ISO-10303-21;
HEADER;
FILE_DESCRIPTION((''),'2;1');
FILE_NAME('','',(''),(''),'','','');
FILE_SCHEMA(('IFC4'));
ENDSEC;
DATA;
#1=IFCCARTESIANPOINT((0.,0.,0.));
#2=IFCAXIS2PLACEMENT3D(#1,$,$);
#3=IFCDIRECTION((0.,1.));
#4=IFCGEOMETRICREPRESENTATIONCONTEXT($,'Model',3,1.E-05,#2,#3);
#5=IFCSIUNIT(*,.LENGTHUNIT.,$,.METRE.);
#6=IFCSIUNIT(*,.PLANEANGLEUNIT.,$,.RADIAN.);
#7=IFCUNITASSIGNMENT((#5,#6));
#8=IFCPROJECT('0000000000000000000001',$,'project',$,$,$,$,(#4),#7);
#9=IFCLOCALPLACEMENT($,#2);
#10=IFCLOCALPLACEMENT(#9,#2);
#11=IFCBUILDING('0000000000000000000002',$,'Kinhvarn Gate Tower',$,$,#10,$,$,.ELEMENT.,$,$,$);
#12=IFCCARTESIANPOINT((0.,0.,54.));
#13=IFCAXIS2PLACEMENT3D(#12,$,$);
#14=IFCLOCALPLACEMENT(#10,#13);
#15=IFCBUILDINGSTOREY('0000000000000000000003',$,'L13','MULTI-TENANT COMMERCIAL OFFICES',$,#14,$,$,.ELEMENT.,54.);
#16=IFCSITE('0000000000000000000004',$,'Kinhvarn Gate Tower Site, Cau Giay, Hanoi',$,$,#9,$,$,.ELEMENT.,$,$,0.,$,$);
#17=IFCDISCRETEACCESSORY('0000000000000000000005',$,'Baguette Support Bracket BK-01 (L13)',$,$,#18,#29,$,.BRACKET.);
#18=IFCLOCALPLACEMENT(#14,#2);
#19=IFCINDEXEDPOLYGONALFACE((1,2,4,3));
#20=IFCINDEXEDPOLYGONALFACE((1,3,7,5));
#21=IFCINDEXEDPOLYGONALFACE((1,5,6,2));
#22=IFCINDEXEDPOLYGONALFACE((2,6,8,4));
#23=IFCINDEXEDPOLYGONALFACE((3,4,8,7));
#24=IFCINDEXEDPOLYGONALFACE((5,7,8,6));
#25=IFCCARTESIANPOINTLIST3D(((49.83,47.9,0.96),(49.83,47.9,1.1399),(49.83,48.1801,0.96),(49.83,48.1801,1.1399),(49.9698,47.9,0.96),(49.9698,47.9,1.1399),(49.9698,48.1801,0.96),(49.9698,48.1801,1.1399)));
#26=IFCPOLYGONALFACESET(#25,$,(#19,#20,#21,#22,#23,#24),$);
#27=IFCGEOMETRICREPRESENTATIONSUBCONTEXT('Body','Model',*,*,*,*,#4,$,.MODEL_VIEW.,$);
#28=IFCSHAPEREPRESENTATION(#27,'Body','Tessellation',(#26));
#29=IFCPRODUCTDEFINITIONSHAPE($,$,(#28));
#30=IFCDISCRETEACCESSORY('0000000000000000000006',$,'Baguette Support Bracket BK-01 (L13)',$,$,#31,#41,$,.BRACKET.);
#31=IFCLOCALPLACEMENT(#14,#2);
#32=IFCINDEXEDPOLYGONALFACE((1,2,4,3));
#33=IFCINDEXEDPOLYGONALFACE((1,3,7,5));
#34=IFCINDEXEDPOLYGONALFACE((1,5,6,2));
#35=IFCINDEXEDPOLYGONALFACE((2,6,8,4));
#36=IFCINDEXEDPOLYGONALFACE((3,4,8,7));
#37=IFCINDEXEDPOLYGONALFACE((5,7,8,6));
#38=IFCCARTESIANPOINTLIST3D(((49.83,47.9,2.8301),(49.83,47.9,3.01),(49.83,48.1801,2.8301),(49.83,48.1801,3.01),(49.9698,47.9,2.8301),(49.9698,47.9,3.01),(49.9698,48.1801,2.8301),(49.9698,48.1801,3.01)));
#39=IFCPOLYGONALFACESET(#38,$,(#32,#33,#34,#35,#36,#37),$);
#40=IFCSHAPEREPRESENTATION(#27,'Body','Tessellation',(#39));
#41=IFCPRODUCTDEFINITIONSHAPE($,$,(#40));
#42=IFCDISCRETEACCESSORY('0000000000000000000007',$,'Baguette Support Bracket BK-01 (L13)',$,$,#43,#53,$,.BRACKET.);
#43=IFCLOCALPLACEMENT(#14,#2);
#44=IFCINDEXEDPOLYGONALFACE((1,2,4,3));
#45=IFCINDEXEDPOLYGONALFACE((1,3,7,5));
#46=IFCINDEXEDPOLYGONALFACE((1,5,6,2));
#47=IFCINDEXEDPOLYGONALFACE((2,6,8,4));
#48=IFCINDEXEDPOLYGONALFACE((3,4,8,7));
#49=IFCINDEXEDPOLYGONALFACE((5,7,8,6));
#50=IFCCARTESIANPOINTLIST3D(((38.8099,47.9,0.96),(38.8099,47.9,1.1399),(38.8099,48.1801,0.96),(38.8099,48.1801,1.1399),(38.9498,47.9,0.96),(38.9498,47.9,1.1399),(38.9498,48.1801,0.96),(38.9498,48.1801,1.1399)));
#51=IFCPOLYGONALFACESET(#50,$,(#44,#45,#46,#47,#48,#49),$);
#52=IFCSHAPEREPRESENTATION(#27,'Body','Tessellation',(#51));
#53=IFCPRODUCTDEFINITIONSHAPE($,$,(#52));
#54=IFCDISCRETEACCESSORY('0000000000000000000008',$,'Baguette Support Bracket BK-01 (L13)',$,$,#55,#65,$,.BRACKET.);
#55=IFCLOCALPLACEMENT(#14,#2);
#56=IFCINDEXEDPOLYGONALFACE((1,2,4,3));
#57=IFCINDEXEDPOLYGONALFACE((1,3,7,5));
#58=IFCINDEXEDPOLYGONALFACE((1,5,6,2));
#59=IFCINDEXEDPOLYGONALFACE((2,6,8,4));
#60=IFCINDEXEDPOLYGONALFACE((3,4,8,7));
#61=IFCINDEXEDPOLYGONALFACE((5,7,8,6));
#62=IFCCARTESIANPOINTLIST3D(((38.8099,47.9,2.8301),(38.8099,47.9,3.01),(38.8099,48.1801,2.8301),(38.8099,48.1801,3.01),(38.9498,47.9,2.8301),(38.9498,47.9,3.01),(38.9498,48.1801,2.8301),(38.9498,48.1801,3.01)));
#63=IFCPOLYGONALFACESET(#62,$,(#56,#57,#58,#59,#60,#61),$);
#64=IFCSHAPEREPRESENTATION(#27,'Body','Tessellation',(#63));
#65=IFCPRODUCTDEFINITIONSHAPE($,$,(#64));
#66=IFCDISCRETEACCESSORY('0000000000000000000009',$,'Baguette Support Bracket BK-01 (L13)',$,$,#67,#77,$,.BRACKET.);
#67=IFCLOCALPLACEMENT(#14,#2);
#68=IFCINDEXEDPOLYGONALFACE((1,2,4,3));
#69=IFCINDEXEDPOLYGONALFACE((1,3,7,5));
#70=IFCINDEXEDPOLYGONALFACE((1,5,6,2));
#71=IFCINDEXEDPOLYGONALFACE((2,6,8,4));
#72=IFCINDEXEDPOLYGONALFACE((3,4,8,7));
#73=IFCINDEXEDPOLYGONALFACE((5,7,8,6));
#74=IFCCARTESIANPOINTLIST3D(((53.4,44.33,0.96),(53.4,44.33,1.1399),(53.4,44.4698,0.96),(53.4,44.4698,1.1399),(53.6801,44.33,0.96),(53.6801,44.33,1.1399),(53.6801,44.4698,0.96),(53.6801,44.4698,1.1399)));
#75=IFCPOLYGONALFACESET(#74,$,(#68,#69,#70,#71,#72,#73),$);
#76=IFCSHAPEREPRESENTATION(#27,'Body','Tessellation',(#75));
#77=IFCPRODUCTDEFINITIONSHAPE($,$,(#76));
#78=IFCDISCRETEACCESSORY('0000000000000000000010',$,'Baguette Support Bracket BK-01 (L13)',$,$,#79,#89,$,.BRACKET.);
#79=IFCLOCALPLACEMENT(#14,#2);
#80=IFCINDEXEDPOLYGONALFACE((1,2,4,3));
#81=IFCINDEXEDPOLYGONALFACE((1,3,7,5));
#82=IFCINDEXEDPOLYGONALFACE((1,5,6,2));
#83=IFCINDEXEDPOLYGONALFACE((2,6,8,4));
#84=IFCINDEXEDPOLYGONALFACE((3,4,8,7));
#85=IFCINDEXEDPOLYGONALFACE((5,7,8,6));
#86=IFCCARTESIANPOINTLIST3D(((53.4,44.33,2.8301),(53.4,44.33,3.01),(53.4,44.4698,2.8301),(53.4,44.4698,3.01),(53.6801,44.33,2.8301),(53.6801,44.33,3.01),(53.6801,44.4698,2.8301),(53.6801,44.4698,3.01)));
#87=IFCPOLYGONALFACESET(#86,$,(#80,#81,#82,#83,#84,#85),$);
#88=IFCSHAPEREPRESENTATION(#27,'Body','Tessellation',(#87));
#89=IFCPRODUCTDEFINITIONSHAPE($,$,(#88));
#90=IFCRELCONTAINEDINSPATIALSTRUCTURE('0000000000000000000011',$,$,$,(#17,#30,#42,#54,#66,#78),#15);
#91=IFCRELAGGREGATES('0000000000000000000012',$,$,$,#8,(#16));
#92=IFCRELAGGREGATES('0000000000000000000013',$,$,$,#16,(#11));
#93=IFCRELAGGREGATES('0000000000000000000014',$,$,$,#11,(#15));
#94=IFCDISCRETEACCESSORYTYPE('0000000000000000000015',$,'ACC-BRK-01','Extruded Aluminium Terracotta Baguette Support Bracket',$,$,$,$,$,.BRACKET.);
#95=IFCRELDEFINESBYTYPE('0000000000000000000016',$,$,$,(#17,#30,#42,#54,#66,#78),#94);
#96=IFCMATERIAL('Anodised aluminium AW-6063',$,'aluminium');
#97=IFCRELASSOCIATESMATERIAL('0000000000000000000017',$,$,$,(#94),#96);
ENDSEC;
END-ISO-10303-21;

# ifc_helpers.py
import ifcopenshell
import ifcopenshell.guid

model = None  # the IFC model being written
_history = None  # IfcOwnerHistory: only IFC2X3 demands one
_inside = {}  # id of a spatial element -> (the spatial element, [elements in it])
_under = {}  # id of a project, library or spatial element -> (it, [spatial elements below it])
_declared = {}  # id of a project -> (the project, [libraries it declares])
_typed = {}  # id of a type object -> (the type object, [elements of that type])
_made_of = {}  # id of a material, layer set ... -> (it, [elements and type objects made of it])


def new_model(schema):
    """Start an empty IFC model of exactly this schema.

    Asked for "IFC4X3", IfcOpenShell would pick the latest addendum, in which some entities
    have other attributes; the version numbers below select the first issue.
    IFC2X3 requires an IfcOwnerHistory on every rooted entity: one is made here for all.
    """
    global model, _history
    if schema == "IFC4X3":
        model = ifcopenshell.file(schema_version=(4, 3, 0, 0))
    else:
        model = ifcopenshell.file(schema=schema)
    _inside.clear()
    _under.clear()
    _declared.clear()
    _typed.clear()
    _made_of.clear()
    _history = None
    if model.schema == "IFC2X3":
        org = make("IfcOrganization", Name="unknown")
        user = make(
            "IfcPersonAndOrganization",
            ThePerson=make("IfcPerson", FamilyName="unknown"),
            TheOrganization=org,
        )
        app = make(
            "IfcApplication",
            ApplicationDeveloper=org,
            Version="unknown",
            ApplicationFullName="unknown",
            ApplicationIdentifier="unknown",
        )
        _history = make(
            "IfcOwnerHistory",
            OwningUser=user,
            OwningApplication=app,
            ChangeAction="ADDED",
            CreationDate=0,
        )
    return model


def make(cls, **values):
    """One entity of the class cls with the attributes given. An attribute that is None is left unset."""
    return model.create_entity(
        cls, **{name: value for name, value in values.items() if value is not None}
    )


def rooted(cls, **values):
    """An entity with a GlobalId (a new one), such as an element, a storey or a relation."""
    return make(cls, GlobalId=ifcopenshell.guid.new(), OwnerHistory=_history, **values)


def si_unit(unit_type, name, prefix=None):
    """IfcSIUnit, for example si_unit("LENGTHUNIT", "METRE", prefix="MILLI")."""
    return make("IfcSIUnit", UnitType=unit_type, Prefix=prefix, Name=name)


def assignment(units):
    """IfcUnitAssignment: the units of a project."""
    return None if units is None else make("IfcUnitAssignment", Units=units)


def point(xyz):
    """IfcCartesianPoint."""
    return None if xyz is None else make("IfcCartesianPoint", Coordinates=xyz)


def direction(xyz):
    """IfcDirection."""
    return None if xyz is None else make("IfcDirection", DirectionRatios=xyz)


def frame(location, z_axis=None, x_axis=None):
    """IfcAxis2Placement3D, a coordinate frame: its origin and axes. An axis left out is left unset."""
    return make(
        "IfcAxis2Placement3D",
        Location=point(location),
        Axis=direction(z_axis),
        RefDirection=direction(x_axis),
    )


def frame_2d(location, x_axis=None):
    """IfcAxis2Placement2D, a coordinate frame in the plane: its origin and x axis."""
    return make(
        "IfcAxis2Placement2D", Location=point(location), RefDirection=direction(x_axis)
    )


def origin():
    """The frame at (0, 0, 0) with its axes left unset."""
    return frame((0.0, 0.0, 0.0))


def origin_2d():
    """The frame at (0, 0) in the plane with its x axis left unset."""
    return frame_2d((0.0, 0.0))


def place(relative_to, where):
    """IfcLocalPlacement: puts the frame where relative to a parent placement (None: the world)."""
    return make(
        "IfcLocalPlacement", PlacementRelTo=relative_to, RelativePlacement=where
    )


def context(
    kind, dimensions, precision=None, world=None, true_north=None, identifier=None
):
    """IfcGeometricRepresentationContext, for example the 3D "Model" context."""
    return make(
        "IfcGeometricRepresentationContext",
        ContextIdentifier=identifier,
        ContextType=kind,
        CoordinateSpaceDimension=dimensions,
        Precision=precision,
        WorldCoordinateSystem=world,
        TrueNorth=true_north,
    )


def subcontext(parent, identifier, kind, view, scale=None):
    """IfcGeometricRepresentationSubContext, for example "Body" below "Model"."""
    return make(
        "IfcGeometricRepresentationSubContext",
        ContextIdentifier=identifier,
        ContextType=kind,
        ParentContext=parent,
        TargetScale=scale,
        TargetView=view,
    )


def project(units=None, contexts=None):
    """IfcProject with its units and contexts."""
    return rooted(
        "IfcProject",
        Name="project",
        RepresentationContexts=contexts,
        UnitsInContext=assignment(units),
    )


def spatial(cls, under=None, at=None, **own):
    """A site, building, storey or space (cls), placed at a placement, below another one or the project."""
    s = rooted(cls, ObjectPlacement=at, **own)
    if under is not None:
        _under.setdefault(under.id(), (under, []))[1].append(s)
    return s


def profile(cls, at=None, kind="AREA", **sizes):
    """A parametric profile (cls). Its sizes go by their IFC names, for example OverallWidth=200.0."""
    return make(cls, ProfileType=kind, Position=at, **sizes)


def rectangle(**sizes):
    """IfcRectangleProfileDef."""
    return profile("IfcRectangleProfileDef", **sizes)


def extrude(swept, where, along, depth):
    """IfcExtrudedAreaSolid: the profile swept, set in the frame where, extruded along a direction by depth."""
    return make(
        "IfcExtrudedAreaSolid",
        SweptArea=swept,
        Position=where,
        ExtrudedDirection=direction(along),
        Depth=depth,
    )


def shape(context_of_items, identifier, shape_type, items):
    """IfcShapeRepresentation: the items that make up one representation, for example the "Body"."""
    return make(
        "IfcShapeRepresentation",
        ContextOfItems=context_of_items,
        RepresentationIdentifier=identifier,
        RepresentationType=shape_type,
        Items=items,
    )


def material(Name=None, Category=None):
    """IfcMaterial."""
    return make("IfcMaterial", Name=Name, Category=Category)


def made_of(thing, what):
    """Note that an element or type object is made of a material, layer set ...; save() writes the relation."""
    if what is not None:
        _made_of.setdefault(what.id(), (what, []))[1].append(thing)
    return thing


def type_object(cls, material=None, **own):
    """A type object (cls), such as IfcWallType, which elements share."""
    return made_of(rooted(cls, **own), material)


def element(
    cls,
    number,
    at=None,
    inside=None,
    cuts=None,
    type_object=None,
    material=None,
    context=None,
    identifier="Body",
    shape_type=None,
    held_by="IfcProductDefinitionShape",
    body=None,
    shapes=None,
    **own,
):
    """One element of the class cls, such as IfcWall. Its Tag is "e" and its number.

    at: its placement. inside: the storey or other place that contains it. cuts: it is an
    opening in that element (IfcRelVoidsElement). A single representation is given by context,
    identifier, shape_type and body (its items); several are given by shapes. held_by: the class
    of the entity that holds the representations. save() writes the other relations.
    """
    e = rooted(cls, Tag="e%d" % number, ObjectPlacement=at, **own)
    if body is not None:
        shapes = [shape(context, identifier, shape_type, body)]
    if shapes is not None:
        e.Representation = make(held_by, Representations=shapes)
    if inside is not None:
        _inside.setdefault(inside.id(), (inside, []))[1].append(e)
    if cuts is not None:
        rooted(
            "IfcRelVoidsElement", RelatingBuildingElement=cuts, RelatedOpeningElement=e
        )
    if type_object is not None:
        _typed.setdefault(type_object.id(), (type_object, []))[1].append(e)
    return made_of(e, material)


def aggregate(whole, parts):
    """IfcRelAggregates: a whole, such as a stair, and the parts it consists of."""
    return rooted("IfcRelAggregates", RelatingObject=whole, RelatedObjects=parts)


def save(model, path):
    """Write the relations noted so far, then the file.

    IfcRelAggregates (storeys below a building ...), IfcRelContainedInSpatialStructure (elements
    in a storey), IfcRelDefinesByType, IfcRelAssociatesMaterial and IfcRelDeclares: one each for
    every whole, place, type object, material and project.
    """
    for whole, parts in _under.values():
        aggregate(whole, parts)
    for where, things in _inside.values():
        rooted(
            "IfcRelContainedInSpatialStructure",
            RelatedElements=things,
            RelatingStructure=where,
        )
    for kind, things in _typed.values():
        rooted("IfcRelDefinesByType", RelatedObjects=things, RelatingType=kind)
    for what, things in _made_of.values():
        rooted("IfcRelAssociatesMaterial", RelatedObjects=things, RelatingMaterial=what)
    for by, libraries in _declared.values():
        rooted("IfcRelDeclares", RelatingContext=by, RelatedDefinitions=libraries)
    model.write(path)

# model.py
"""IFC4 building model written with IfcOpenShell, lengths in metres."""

from ifc_helpers import new_model, si_unit, direction, frame, origin, origin_2d, place, context, subcontext, project, spatial, rectangle, extrude, material, type_object, element, save


model = new_model("IFC4")

# Units and contexts
model_context = context("Model", 3, precision=1e-05, world=origin(), true_north=direction((0.0, 1.0)))
body_context = subcontext(model_context, "Body", "Model", "MODEL_VIEW")
ifc_project = project(units=[si_unit("LENGTHUNIT", "METRE"), si_unit("PLANEANGLEUNIT", "RADIAN")], contexts=[model_context])

# Site, building, storey
site_placement = place(None, origin())
site = spatial("IfcSite", under=ifc_project, at=site_placement, Name="Kinhvarn Gate Tower Site, Cau Giay, Hanoi", CompositionType="ELEMENT", RefElevation=0.0)
building_placement = place(site_placement, origin())
building = spatial("IfcBuilding", under=site, at=building_placement, Name="Kinhvarn Gate Tower", CompositionType="ELEMENT")
storey_placement = place(building_placement, frame((0.0, 0.0, 54.0)))
storey = spatial("IfcBuildingStorey", under=building, at=storey_placement, Name="L13", Description="MULTI-TENANT COMMERCIAL OFFICES", CompositionType="ELEMENT", Elevation=54.0)

# Shared definitions
ifc_material_1 = material(Name="Anodised aluminium AW-6063", Category="aluminium")

# Discrete accessories
discrete_accessory_type = type_object("IfcDiscreteAccessoryType", Name="ACC-BRK-01", Description="Extruded Aluminium Terracotta Baguette Support Bracket", PredefinedType="BRACKET", material=ifc_material_1)
for number, where, z_axis, x_axis, name in (
    (1, (49.8999, 48.04, 0.96), (0.0, 0.0, 1.0), (-1.0, 0.0, 0.0), "Baguette Support Bracket BK-01 (L13)"),
    (2, (49.8999, 48.04, 2.8301), (0.0, 0.0, 1.0), (-1.0, 0.0, 0.0), "Baguette Support Bracket BK-01 (L13)"),
    (3, (38.8799, 48.04, 0.96), (0.0, 0.0, 1.0), (-1.0, 0.0, 0.0), "Baguette Support Bracket BK-01 (L13)"),
    (4, (38.8799, 48.04, 2.8301), (0.0, 0.0, 1.0), (-1.0, 0.0, 0.0), "Baguette Support Bracket BK-01 (L13)"),
    (5, (53.54, 44.3999, 0.96), (0.0, 0.0, 1.0), (0.0, 1.0, 0.0), "Baguette Support Bracket BK-01 (L13)"),
    (6, (53.54, 44.3999, 2.8301), (0.0, 0.0, 1.0), (0.0, 1.0, 0.0), "Baguette Support Bracket BK-01 (L13)"),
):
    element("IfcDiscreteAccessory", number, at=place(storey_placement, frame(where, z_axis=z_axis, x_axis=x_axis)), inside=storey, type_object=discrete_accessory_type, Name=name, PredefinedType="BRACKET", context=body_context, shape_type="SweptSolid", body=[
        extrude(rectangle(XDim=0.1399, YDim=0.28, at=origin_2d()), origin(), (0.0, 0.0, 1.0), 0.1799),
    ])

save(model, "model.ifc")
